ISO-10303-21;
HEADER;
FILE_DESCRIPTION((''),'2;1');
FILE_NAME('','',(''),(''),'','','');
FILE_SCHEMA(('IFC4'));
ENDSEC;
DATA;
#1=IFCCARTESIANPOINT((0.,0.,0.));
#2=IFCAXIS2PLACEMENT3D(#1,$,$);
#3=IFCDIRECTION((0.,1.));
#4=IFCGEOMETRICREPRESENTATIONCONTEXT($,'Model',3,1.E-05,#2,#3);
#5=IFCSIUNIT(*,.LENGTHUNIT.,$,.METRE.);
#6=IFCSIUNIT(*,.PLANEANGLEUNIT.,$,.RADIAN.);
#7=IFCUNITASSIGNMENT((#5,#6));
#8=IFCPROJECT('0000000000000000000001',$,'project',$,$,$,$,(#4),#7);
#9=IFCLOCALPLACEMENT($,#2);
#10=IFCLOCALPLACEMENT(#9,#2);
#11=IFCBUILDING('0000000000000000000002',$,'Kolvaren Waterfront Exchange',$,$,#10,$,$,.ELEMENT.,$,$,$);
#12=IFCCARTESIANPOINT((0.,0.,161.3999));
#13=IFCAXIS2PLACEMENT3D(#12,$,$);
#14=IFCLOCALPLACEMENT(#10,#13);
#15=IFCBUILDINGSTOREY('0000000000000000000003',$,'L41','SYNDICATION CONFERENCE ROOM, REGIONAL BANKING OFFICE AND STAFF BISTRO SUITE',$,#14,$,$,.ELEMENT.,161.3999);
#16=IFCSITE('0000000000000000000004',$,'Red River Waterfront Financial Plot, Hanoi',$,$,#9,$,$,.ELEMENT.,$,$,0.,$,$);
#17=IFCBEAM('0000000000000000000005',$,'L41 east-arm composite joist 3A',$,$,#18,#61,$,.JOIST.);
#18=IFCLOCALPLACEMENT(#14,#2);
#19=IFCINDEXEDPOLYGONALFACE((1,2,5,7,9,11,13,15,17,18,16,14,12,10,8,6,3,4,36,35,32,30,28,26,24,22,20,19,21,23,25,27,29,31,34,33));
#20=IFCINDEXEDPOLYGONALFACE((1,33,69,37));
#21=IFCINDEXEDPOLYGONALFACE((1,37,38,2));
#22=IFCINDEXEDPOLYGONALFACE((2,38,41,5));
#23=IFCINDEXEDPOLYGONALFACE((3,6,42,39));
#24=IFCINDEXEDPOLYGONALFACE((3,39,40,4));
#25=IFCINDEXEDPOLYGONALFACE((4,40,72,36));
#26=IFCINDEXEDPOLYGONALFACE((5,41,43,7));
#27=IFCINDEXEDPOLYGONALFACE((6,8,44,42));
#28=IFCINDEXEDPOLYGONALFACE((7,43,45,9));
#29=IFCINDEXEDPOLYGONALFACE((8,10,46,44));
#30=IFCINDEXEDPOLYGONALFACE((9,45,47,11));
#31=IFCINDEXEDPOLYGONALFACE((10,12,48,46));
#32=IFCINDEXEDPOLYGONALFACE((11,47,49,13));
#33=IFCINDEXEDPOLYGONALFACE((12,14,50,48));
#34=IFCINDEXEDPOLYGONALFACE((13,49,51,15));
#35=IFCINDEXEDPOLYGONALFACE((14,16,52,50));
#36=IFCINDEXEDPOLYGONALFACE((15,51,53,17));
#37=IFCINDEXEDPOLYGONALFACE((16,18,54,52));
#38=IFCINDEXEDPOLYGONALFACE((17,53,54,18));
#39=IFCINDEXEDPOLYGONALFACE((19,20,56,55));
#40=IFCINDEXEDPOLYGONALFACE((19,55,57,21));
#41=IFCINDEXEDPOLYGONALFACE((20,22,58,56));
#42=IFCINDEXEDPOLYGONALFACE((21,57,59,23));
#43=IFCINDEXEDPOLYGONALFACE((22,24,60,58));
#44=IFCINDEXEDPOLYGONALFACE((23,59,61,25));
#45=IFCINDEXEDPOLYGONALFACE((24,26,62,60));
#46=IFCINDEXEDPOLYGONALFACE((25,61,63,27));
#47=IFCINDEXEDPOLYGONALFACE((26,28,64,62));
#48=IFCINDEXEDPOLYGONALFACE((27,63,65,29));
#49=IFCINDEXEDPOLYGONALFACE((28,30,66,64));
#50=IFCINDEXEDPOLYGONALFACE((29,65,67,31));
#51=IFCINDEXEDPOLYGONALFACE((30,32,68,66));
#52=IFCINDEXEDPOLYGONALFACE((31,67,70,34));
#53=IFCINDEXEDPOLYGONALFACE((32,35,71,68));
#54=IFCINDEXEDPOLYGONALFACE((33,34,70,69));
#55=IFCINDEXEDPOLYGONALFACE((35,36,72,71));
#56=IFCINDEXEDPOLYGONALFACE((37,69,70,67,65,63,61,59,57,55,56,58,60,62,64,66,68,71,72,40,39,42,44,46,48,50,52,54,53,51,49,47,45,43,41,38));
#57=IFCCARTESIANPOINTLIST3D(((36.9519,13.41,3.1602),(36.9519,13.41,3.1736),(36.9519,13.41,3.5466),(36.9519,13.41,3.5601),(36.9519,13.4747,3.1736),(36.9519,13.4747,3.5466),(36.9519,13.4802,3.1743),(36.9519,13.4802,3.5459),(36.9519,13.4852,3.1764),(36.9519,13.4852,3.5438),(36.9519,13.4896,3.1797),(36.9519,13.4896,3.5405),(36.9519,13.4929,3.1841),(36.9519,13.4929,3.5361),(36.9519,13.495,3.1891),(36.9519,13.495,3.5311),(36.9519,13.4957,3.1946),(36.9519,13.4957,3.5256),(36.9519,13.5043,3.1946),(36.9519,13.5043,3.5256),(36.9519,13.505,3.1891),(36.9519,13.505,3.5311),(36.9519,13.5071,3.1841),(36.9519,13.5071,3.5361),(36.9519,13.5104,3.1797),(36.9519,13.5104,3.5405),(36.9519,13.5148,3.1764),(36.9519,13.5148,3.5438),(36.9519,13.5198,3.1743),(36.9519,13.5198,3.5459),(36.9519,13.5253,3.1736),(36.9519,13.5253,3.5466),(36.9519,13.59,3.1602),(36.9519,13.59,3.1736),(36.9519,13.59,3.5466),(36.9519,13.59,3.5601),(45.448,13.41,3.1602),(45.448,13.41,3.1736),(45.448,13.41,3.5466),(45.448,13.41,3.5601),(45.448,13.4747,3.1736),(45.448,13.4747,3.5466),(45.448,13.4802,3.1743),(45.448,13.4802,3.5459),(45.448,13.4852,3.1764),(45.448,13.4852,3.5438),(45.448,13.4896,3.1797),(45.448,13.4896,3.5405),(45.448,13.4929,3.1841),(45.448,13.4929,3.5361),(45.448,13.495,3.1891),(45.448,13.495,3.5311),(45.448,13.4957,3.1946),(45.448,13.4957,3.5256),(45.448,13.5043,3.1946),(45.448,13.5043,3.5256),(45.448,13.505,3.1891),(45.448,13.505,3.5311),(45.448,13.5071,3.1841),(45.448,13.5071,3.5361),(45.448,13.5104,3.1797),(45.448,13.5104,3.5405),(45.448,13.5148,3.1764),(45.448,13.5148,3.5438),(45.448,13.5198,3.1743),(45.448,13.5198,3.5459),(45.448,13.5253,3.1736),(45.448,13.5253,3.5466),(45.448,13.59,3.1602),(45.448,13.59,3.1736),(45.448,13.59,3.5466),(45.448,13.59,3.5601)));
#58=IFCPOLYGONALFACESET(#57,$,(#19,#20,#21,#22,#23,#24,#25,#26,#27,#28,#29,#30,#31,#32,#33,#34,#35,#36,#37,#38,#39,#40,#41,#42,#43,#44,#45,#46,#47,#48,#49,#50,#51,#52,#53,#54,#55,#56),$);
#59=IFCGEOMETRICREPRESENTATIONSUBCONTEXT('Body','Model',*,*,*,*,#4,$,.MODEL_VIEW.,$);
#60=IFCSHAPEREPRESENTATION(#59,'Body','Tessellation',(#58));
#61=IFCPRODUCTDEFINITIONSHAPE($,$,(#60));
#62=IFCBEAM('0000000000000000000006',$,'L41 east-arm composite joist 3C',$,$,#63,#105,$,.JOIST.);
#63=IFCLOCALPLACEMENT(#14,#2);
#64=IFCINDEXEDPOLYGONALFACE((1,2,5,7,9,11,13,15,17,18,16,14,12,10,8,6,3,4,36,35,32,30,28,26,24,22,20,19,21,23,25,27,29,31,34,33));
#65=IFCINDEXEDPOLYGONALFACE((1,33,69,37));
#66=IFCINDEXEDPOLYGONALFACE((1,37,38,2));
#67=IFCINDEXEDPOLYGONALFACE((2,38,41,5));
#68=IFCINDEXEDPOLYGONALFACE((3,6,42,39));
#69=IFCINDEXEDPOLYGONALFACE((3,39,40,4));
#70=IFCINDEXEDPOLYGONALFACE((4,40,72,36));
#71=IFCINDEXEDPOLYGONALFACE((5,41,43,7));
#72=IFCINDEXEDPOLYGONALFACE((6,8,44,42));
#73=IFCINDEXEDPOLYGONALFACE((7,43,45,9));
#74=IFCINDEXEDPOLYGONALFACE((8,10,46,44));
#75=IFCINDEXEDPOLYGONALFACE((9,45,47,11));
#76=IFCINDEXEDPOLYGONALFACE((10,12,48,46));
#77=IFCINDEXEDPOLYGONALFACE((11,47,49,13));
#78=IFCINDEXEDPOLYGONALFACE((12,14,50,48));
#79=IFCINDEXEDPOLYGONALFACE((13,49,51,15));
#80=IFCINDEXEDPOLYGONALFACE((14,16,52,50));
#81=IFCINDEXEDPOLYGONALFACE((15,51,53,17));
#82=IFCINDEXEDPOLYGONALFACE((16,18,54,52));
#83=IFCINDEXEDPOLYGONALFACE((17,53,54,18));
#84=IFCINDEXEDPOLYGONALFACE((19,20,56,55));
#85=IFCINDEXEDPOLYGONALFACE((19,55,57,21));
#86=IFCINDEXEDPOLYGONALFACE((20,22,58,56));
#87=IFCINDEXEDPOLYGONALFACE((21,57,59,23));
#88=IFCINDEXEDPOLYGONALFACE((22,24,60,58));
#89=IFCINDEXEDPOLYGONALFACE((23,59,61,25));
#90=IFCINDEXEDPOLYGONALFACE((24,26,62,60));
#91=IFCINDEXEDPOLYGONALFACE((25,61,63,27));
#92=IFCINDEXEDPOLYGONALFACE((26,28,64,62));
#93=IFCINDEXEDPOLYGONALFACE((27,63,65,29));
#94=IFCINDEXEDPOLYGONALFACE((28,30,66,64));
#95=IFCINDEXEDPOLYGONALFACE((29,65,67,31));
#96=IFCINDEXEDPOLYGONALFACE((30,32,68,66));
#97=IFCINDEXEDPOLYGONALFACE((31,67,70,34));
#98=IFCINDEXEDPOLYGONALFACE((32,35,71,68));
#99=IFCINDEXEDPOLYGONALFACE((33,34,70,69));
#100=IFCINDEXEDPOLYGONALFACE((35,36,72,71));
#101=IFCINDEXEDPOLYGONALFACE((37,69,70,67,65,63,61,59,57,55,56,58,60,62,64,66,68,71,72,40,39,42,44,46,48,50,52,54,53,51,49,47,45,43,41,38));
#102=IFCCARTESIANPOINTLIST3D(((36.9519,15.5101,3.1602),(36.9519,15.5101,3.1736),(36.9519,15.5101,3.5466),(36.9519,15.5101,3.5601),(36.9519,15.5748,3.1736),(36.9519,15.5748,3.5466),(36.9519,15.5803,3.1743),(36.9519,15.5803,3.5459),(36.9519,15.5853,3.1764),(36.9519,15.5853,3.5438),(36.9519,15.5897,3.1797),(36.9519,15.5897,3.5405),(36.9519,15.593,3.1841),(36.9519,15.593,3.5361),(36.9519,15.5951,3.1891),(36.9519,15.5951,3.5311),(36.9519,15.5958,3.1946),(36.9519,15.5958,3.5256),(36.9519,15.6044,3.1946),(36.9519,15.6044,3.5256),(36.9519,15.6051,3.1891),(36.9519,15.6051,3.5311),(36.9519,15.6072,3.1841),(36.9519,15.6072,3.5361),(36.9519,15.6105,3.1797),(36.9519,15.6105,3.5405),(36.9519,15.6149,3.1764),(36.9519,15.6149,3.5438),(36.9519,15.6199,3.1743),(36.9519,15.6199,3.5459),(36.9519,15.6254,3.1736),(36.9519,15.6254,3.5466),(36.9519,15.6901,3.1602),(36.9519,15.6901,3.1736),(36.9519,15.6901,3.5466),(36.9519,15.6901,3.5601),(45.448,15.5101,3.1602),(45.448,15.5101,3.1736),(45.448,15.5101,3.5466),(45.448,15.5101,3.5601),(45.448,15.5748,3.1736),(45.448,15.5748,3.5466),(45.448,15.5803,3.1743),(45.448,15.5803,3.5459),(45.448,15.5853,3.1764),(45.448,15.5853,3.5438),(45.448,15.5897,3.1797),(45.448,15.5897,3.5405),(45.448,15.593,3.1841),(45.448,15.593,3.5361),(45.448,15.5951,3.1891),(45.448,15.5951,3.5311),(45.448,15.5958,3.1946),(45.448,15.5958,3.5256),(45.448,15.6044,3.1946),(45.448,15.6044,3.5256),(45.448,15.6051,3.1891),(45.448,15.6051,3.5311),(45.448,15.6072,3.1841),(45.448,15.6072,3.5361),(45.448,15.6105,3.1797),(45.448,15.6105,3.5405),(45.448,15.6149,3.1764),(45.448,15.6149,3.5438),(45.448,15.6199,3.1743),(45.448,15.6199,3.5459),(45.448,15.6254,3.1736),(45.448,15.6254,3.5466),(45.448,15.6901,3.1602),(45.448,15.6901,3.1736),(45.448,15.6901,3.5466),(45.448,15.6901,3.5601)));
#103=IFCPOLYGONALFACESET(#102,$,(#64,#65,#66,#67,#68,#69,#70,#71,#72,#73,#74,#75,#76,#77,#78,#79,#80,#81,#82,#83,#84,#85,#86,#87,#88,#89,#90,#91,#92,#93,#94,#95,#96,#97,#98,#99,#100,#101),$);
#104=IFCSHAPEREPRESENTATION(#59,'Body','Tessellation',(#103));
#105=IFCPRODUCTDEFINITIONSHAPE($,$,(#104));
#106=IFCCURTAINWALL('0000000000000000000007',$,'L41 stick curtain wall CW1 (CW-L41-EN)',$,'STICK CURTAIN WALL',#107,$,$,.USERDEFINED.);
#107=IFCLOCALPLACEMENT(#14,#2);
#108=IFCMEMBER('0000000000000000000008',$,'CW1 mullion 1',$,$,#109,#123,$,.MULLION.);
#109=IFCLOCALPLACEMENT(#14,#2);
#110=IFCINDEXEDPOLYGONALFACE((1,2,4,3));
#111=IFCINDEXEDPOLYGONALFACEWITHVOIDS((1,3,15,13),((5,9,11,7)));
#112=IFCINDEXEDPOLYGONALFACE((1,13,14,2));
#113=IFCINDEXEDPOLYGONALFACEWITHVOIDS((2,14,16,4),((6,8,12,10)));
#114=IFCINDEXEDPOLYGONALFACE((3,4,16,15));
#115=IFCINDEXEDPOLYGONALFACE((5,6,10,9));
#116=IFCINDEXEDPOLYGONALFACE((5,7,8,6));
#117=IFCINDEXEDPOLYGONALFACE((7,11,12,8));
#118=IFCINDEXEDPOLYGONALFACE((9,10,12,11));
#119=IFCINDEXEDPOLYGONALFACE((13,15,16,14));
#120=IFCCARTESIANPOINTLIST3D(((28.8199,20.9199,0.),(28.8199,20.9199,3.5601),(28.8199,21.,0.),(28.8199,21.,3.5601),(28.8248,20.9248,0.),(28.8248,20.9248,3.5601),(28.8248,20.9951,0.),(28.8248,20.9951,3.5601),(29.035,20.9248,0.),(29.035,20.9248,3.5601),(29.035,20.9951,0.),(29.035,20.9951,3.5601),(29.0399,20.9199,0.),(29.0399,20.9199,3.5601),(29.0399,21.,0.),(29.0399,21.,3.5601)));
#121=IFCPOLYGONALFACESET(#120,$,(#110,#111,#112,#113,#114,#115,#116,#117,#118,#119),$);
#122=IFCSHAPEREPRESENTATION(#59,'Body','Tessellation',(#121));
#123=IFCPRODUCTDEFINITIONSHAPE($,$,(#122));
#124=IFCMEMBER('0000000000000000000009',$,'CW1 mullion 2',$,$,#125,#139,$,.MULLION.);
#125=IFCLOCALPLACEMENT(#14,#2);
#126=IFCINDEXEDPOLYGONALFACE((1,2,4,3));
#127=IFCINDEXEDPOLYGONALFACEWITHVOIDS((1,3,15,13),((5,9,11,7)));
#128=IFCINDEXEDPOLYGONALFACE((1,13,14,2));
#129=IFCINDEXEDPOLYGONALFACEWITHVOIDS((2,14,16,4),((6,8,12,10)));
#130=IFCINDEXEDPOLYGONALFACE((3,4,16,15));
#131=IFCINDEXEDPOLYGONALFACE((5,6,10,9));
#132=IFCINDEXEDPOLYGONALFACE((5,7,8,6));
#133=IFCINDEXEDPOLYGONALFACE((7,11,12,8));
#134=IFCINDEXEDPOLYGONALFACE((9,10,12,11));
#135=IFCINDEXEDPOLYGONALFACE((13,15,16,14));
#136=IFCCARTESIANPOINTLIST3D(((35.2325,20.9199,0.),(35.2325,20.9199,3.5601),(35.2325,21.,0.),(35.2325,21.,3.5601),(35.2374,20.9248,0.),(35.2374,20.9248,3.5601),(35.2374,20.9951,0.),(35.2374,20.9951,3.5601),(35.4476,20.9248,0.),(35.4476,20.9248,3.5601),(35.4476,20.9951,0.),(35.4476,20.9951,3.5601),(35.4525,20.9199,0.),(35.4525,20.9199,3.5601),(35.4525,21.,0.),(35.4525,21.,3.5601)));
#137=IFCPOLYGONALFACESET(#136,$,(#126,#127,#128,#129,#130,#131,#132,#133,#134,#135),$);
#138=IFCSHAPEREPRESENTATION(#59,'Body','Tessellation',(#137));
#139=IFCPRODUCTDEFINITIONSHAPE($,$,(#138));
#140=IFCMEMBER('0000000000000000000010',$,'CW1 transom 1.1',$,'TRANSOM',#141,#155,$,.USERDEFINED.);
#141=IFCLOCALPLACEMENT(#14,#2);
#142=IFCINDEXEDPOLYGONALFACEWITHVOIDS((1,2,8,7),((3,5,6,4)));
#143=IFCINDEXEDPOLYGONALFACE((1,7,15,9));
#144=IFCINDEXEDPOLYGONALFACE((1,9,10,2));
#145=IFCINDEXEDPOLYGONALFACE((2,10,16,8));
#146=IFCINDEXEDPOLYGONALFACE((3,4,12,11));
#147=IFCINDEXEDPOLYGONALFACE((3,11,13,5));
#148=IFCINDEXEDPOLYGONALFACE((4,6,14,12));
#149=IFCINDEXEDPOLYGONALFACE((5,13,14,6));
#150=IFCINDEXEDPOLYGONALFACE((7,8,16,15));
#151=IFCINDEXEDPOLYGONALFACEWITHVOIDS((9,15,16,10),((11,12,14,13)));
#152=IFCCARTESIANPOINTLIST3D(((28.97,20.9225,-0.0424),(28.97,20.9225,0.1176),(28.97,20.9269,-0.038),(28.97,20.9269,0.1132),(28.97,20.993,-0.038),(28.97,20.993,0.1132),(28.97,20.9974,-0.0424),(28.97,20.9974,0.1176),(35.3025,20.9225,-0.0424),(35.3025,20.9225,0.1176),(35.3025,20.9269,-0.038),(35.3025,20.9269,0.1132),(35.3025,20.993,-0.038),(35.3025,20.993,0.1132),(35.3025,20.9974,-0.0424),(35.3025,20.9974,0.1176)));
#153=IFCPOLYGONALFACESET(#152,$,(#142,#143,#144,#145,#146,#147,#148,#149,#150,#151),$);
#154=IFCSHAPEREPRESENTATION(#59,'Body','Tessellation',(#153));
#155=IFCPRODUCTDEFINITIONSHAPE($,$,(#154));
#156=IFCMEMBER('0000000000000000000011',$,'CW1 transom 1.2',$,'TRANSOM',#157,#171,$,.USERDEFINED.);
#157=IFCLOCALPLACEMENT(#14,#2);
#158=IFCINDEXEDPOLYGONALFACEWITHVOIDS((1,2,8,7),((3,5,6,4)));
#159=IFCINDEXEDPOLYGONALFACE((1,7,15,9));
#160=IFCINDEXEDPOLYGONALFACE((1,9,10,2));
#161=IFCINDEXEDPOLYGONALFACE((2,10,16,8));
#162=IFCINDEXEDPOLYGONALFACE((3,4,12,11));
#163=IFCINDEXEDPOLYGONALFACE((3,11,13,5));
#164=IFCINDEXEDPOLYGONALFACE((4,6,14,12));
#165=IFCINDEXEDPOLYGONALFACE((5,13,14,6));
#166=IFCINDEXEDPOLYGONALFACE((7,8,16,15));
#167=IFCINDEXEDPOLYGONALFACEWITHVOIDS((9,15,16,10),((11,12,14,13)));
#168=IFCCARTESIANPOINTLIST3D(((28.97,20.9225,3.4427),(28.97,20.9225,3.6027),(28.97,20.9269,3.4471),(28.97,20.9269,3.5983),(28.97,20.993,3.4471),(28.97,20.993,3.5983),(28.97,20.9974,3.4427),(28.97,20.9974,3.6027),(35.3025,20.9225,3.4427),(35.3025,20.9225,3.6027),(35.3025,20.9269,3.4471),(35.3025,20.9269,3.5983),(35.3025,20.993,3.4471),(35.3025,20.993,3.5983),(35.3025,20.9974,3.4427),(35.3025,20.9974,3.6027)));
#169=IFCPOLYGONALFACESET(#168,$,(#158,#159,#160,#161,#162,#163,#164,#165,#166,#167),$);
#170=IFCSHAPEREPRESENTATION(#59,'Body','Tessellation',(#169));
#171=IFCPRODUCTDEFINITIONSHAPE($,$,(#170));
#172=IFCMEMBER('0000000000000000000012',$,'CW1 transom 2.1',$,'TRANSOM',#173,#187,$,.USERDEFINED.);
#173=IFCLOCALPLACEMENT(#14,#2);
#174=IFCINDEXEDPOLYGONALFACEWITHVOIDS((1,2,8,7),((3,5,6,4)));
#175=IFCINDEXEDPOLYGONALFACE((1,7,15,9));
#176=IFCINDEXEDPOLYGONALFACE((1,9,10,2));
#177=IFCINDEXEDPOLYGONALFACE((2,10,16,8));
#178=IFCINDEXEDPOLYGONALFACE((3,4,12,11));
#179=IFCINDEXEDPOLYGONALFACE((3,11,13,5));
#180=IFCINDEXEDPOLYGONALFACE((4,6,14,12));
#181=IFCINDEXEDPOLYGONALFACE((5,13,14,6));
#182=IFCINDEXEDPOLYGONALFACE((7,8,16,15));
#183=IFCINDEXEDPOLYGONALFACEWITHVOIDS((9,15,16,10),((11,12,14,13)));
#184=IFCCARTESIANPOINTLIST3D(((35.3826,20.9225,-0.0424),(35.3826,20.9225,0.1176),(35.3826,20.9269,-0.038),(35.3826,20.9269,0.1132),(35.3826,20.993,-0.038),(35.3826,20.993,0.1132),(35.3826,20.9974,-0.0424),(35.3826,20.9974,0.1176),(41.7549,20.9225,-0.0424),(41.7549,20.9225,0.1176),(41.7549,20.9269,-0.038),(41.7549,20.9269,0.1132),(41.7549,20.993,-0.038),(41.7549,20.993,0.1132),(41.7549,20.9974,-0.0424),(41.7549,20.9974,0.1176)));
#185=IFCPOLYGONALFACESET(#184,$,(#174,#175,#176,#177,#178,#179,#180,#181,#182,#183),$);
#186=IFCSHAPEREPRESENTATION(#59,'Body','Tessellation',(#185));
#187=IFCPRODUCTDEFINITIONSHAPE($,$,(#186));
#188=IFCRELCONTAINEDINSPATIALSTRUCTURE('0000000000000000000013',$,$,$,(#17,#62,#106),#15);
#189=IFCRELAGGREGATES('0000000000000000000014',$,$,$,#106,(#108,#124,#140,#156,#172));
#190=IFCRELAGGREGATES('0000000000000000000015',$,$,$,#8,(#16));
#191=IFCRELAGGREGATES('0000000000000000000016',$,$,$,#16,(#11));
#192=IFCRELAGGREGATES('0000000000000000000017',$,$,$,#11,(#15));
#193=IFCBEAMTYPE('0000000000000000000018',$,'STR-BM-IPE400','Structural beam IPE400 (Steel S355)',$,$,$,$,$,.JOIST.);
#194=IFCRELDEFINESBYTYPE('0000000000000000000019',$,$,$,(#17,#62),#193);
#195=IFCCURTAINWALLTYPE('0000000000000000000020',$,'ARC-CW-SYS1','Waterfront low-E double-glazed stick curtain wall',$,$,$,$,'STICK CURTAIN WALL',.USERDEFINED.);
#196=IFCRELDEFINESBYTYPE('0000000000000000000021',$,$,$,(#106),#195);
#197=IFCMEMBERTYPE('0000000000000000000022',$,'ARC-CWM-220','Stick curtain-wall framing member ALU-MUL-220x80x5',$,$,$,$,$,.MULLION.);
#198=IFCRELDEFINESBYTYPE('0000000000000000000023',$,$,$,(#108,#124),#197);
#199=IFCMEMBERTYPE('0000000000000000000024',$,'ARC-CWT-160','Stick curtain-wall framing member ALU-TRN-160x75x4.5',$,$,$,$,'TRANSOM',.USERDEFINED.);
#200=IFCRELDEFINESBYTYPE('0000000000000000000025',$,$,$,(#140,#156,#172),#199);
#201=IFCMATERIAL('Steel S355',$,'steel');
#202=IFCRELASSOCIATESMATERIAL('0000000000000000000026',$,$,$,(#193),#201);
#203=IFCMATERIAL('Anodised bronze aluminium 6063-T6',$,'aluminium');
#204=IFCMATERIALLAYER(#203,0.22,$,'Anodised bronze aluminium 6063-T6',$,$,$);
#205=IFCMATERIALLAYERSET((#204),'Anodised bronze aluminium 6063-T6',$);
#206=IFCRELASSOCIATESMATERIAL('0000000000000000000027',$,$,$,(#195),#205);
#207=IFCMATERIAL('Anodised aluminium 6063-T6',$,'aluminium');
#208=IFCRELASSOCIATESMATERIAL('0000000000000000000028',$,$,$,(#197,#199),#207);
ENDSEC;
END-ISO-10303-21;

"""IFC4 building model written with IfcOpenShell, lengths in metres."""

from ifc_helpers import new_model, si_unit, direction, frame, origin, origin_with_axes, origin_2d, place, context, subcontext, project, spatial, hollow_rectangle, i_section, extrude, source, transform, mapped, material, layer, layer_set, material_profile, profile_set, type_object, element, aggregate, save


model = new_model("IFC4")

# Units and contexts
model_context = context("Model", 3, precision=1e-05, world=origin(), true_north=direction((0.0, 1.0)))
body_context = subcontext(model_context, "Body", "Model", "MODEL_VIEW")
ifc_project = project(units=[si_unit("LENGTHUNIT", "METRE"), si_unit("PLANEANGLEUNIT", "RADIAN")], contexts=[model_context])

# Site, building, storey
site_placement = place(None, origin())
site = spatial("IfcSite", under=ifc_project, at=site_placement, Name="Red River Waterfront Financial Plot, Hanoi", CompositionType="ELEMENT", RefElevation=0.0)
building_placement = place(site_placement, origin())
building = spatial("IfcBuilding", under=site, at=building_placement, Name="Kolvaren Waterfront Exchange", CompositionType="ELEMENT")
storey_placement = place(building_placement, frame((0.0, 0.0, 161.3999)))
storey = spatial("IfcBuildingStorey", under=building, at=storey_placement, Name="L41", Description="SYNDICATION CONFERENCE ROOM, REGIONAL BANKING OFFICE AND STAFF BISTRO SUITE", CompositionType="ELEMENT", Elevation=161.3999)

# Beams
ifc_material_1 = material(Name="Steel S355", Category="steel")
ifc_material_profile_1 = material_profile(ifc_material_1, i_section(OverallWidth=0.1799, OverallDepth=0.3999, WebThickness=0.0085, FlangeThickness=0.0134, FilletRadius=0.021, at=origin_2d()), Name="IPE400")
ifc_profile_set_1 = profile_set([ifc_material_profile_1], Name="Steel S355")
beam_type_1 = type_object("IfcBeamType", Name="STR-BM-IPE400", Description="Structural beam IPE400 (Steel S355)", PredefinedType="JOIST", material=ifc_profile_set_1)
for number, where, z_axis, x_axis, name in (
    (1, (36.9519, 13.5, 3.3601), (1.0, 0.0, 0.0), (0.0, 1.0, 0.0), "L41 east-arm composite joist 3A"),
    (2, (36.9519, 15.6001, 3.3601), (1.0, 0.0, 0.0), (0.0, 1.0, 0.0), "L41 east-arm composite joist 3C"),
):
    element("IfcBeam", number, at=place(storey_placement, frame(where, z_axis=z_axis, x_axis=x_axis)), inside=storey, type_object=beam_type_1, Name=name, PredefinedType="JOIST", context=body_context, shape_type="SweptSolid", body=[
        extrude(i_section(OverallWidth=0.1799, OverallDepth=0.3999, WebThickness=0.0085, FlangeThickness=0.0134, FilletRadius=0.021, at=origin_2d()), origin(), (0.0, 0.0, 1.0), 8.4961),
    ])

# Curtain wall, members
ifc_material_2 = material(Name="Anodised bronze aluminium 6063-T6", Category="aluminium")
ifc_layer_1 = layer(ifc_material_2, 0.22, Name="Anodised bronze aluminium 6063-T6")
ifc_layer_set_1 = layer_set([ifc_layer_1], Name="Anodised bronze aluminium 6063-T6")
curtain_wall_type = type_object("IfcCurtainWallType", Name="ARC-CW-SYS1", Description="Waterfront low-E double-glazed stick curtain wall", ElementType="STICK CURTAIN WALL", PredefinedType="USERDEFINED", material=ifc_layer_set_1)
curtain_wall_placement = place(storey_placement, origin())
curtain_wall = element("IfcCurtainWall", 3, at=curtain_wall_placement, inside=storey, type_object=curtain_wall_type, Name="L41 stick curtain wall CW1 (CW-L41-EN)", ObjectType="STICK CURTAIN WALL", PredefinedType="USERDEFINED")
ifc_material_3 = material(Name="Anodised aluminium 6063-T6", Category="aluminium")
ifc_material_profile_2 = material_profile(ifc_material_3, hollow_rectangle(XDim=0.0801, YDim=0.22, WallThickness=0.0049, at=origin_2d()), Name="ALU-MUL-220x80x5")
ifc_profile_set_2 = profile_set([ifc_material_profile_2], Name="Anodised aluminium 6063-T6")
member_type_1 = type_object("IfcMemberType", Name="ARC-CWM-220", Description="Stick curtain-wall framing member ALU-MUL-220x80x5", PredefinedType="MULLION", material=ifc_profile_set_2)
shared_shape_1 = source(origin_with_axes(), body_context, "Body", "SweptSolid", [
    extrude(hollow_rectangle(XDim=0.0801, YDim=0.22, WallThickness=0.0049, at=origin_2d()), origin(), (0.0, 0.0, 1.0), 3.5601),
])
member_1_placement = place(storey_placement, frame((28.9299, 20.96, 0.0), z_axis=(0.0, 0.0, 1.0), x_axis=(0.0, 1.0, 0.0)))
member_1 = element("IfcMember", 4, at=member_1_placement, type_object=member_type_1, Name="CW1 mullion 1", PredefinedType="MULLION", context=body_context, shape_type="MappedRepresentation", body=[
    mapped(shared_shape_1, transform((0.0, 0.0, 0.0), x_axis=(1.0, 0.0, 0.0), y_axis=(0.0, 1.0, 0.0), z_axis=(0.0, 0.0, 1.0), scale=1.0)),
])
member_2_placement = place(storey_placement, frame((35.3425, 20.96, 0.0), z_axis=(0.0, 0.0, 1.0), x_axis=(0.0, 1.0, 0.0)))
member_2 = element("IfcMember", 5, at=member_2_placement, type_object=member_type_1, Name="CW1 mullion 2", PredefinedType="MULLION", context=body_context, shape_type="MappedRepresentation", body=[
    mapped(shared_shape_1, transform((0.0, 0.0, 0.0), x_axis=(1.0, 0.0, 0.0), y_axis=(0.0, 1.0, 0.0), z_axis=(0.0, 0.0, 1.0), scale=1.0)),
])
ifc_material_profile_3 = material_profile(ifc_material_3, hollow_rectangle(XDim=0.075, YDim=0.1599, WallThickness=0.0044, at=origin_2d()), Name="ALU-TRN-160x75x4.5")
ifc_profile_set_3 = profile_set([ifc_material_profile_3], Name="Anodised aluminium 6063-T6")
member_type_2 = type_object("IfcMemberType", Name="ARC-CWT-160", Description="Stick curtain-wall framing member ALU-TRN-160x75x4.5", ElementType="TRANSOM", PredefinedType="USERDEFINED", material=ifc_profile_set_3)
shared_shape_2 = source(origin_with_axes(), body_context, "Body", "SweptSolid", [
    extrude(hollow_rectangle(XDim=0.075, YDim=0.1599, WallThickness=0.0044, at=origin_2d()), origin(), (0.0, 0.0, 1.0), 6.3325),
])
member_3_placement = place(storey_placement, frame((28.97, 20.96, 0.0376), z_axis=(1.0, 0.0, 0.0), x_axis=(0.0, 1.0, 0.0)))
member_3 = element("IfcMember", 6, at=member_3_placement, type_object=member_type_2, Name="CW1 transom 1.1", ObjectType="TRANSOM", PredefinedType="USERDEFINED", context=body_context, shape_type="MappedRepresentation", body=[
    mapped(shared_shape_2, transform((0.0, 0.0, 0.0), x_axis=(1.0, 0.0, 0.0), y_axis=(0.0, 1.0, 0.0), z_axis=(0.0, 0.0, 1.0), scale=1.0)),
])
member_4_placement = place(storey_placement, frame((28.97, 20.96, 3.5227), z_axis=(1.0, 0.0, 0.0), x_axis=(0.0, 1.0, 0.0)))
member_4 = element("IfcMember", 7, at=member_4_placement, type_object=member_type_2, Name="CW1 transom 1.2", ObjectType="TRANSOM", PredefinedType="USERDEFINED", context=body_context, shape_type="MappedRepresentation", body=[
    mapped(shared_shape_2, transform((0.0, 0.0, 0.0), x_axis=(1.0, 0.0, 0.0), y_axis=(0.0, 1.0, 0.0), z_axis=(0.0, 0.0, 1.0), scale=1.0)),
])
shared_shape_3 = source(origin_with_axes(), body_context, "Body", "SweptSolid", [
    extrude(hollow_rectangle(XDim=0.075, YDim=0.1599, WallThickness=0.0044, at=origin_2d()), origin(), (0.0, 0.0, 1.0), 6.3723),
])
member_5_placement = place(storey_placement, frame((35.3826, 20.96, 0.0376), z_axis=(1.0, 0.0, 0.0), x_axis=(0.0, 1.0, 0.0)))
member_5 = element("IfcMember", 8, at=member_5_placement, type_object=member_type_2, Name="CW1 transom 2.1", ObjectType="TRANSOM", PredefinedType="USERDEFINED", context=body_context, shape_type="MappedRepresentation", body=[
    mapped(shared_shape_3, transform((0.0, 0.0, 0.0), x_axis=(1.0, 0.0, 0.0), y_axis=(0.0, 1.0, 0.0), z_axis=(0.0, 0.0, 1.0), scale=1.0)),
])
aggregate(curtain_wall, [member_1, member_2, member_3, member_4, member_5])

save(model, "model.ifc")
